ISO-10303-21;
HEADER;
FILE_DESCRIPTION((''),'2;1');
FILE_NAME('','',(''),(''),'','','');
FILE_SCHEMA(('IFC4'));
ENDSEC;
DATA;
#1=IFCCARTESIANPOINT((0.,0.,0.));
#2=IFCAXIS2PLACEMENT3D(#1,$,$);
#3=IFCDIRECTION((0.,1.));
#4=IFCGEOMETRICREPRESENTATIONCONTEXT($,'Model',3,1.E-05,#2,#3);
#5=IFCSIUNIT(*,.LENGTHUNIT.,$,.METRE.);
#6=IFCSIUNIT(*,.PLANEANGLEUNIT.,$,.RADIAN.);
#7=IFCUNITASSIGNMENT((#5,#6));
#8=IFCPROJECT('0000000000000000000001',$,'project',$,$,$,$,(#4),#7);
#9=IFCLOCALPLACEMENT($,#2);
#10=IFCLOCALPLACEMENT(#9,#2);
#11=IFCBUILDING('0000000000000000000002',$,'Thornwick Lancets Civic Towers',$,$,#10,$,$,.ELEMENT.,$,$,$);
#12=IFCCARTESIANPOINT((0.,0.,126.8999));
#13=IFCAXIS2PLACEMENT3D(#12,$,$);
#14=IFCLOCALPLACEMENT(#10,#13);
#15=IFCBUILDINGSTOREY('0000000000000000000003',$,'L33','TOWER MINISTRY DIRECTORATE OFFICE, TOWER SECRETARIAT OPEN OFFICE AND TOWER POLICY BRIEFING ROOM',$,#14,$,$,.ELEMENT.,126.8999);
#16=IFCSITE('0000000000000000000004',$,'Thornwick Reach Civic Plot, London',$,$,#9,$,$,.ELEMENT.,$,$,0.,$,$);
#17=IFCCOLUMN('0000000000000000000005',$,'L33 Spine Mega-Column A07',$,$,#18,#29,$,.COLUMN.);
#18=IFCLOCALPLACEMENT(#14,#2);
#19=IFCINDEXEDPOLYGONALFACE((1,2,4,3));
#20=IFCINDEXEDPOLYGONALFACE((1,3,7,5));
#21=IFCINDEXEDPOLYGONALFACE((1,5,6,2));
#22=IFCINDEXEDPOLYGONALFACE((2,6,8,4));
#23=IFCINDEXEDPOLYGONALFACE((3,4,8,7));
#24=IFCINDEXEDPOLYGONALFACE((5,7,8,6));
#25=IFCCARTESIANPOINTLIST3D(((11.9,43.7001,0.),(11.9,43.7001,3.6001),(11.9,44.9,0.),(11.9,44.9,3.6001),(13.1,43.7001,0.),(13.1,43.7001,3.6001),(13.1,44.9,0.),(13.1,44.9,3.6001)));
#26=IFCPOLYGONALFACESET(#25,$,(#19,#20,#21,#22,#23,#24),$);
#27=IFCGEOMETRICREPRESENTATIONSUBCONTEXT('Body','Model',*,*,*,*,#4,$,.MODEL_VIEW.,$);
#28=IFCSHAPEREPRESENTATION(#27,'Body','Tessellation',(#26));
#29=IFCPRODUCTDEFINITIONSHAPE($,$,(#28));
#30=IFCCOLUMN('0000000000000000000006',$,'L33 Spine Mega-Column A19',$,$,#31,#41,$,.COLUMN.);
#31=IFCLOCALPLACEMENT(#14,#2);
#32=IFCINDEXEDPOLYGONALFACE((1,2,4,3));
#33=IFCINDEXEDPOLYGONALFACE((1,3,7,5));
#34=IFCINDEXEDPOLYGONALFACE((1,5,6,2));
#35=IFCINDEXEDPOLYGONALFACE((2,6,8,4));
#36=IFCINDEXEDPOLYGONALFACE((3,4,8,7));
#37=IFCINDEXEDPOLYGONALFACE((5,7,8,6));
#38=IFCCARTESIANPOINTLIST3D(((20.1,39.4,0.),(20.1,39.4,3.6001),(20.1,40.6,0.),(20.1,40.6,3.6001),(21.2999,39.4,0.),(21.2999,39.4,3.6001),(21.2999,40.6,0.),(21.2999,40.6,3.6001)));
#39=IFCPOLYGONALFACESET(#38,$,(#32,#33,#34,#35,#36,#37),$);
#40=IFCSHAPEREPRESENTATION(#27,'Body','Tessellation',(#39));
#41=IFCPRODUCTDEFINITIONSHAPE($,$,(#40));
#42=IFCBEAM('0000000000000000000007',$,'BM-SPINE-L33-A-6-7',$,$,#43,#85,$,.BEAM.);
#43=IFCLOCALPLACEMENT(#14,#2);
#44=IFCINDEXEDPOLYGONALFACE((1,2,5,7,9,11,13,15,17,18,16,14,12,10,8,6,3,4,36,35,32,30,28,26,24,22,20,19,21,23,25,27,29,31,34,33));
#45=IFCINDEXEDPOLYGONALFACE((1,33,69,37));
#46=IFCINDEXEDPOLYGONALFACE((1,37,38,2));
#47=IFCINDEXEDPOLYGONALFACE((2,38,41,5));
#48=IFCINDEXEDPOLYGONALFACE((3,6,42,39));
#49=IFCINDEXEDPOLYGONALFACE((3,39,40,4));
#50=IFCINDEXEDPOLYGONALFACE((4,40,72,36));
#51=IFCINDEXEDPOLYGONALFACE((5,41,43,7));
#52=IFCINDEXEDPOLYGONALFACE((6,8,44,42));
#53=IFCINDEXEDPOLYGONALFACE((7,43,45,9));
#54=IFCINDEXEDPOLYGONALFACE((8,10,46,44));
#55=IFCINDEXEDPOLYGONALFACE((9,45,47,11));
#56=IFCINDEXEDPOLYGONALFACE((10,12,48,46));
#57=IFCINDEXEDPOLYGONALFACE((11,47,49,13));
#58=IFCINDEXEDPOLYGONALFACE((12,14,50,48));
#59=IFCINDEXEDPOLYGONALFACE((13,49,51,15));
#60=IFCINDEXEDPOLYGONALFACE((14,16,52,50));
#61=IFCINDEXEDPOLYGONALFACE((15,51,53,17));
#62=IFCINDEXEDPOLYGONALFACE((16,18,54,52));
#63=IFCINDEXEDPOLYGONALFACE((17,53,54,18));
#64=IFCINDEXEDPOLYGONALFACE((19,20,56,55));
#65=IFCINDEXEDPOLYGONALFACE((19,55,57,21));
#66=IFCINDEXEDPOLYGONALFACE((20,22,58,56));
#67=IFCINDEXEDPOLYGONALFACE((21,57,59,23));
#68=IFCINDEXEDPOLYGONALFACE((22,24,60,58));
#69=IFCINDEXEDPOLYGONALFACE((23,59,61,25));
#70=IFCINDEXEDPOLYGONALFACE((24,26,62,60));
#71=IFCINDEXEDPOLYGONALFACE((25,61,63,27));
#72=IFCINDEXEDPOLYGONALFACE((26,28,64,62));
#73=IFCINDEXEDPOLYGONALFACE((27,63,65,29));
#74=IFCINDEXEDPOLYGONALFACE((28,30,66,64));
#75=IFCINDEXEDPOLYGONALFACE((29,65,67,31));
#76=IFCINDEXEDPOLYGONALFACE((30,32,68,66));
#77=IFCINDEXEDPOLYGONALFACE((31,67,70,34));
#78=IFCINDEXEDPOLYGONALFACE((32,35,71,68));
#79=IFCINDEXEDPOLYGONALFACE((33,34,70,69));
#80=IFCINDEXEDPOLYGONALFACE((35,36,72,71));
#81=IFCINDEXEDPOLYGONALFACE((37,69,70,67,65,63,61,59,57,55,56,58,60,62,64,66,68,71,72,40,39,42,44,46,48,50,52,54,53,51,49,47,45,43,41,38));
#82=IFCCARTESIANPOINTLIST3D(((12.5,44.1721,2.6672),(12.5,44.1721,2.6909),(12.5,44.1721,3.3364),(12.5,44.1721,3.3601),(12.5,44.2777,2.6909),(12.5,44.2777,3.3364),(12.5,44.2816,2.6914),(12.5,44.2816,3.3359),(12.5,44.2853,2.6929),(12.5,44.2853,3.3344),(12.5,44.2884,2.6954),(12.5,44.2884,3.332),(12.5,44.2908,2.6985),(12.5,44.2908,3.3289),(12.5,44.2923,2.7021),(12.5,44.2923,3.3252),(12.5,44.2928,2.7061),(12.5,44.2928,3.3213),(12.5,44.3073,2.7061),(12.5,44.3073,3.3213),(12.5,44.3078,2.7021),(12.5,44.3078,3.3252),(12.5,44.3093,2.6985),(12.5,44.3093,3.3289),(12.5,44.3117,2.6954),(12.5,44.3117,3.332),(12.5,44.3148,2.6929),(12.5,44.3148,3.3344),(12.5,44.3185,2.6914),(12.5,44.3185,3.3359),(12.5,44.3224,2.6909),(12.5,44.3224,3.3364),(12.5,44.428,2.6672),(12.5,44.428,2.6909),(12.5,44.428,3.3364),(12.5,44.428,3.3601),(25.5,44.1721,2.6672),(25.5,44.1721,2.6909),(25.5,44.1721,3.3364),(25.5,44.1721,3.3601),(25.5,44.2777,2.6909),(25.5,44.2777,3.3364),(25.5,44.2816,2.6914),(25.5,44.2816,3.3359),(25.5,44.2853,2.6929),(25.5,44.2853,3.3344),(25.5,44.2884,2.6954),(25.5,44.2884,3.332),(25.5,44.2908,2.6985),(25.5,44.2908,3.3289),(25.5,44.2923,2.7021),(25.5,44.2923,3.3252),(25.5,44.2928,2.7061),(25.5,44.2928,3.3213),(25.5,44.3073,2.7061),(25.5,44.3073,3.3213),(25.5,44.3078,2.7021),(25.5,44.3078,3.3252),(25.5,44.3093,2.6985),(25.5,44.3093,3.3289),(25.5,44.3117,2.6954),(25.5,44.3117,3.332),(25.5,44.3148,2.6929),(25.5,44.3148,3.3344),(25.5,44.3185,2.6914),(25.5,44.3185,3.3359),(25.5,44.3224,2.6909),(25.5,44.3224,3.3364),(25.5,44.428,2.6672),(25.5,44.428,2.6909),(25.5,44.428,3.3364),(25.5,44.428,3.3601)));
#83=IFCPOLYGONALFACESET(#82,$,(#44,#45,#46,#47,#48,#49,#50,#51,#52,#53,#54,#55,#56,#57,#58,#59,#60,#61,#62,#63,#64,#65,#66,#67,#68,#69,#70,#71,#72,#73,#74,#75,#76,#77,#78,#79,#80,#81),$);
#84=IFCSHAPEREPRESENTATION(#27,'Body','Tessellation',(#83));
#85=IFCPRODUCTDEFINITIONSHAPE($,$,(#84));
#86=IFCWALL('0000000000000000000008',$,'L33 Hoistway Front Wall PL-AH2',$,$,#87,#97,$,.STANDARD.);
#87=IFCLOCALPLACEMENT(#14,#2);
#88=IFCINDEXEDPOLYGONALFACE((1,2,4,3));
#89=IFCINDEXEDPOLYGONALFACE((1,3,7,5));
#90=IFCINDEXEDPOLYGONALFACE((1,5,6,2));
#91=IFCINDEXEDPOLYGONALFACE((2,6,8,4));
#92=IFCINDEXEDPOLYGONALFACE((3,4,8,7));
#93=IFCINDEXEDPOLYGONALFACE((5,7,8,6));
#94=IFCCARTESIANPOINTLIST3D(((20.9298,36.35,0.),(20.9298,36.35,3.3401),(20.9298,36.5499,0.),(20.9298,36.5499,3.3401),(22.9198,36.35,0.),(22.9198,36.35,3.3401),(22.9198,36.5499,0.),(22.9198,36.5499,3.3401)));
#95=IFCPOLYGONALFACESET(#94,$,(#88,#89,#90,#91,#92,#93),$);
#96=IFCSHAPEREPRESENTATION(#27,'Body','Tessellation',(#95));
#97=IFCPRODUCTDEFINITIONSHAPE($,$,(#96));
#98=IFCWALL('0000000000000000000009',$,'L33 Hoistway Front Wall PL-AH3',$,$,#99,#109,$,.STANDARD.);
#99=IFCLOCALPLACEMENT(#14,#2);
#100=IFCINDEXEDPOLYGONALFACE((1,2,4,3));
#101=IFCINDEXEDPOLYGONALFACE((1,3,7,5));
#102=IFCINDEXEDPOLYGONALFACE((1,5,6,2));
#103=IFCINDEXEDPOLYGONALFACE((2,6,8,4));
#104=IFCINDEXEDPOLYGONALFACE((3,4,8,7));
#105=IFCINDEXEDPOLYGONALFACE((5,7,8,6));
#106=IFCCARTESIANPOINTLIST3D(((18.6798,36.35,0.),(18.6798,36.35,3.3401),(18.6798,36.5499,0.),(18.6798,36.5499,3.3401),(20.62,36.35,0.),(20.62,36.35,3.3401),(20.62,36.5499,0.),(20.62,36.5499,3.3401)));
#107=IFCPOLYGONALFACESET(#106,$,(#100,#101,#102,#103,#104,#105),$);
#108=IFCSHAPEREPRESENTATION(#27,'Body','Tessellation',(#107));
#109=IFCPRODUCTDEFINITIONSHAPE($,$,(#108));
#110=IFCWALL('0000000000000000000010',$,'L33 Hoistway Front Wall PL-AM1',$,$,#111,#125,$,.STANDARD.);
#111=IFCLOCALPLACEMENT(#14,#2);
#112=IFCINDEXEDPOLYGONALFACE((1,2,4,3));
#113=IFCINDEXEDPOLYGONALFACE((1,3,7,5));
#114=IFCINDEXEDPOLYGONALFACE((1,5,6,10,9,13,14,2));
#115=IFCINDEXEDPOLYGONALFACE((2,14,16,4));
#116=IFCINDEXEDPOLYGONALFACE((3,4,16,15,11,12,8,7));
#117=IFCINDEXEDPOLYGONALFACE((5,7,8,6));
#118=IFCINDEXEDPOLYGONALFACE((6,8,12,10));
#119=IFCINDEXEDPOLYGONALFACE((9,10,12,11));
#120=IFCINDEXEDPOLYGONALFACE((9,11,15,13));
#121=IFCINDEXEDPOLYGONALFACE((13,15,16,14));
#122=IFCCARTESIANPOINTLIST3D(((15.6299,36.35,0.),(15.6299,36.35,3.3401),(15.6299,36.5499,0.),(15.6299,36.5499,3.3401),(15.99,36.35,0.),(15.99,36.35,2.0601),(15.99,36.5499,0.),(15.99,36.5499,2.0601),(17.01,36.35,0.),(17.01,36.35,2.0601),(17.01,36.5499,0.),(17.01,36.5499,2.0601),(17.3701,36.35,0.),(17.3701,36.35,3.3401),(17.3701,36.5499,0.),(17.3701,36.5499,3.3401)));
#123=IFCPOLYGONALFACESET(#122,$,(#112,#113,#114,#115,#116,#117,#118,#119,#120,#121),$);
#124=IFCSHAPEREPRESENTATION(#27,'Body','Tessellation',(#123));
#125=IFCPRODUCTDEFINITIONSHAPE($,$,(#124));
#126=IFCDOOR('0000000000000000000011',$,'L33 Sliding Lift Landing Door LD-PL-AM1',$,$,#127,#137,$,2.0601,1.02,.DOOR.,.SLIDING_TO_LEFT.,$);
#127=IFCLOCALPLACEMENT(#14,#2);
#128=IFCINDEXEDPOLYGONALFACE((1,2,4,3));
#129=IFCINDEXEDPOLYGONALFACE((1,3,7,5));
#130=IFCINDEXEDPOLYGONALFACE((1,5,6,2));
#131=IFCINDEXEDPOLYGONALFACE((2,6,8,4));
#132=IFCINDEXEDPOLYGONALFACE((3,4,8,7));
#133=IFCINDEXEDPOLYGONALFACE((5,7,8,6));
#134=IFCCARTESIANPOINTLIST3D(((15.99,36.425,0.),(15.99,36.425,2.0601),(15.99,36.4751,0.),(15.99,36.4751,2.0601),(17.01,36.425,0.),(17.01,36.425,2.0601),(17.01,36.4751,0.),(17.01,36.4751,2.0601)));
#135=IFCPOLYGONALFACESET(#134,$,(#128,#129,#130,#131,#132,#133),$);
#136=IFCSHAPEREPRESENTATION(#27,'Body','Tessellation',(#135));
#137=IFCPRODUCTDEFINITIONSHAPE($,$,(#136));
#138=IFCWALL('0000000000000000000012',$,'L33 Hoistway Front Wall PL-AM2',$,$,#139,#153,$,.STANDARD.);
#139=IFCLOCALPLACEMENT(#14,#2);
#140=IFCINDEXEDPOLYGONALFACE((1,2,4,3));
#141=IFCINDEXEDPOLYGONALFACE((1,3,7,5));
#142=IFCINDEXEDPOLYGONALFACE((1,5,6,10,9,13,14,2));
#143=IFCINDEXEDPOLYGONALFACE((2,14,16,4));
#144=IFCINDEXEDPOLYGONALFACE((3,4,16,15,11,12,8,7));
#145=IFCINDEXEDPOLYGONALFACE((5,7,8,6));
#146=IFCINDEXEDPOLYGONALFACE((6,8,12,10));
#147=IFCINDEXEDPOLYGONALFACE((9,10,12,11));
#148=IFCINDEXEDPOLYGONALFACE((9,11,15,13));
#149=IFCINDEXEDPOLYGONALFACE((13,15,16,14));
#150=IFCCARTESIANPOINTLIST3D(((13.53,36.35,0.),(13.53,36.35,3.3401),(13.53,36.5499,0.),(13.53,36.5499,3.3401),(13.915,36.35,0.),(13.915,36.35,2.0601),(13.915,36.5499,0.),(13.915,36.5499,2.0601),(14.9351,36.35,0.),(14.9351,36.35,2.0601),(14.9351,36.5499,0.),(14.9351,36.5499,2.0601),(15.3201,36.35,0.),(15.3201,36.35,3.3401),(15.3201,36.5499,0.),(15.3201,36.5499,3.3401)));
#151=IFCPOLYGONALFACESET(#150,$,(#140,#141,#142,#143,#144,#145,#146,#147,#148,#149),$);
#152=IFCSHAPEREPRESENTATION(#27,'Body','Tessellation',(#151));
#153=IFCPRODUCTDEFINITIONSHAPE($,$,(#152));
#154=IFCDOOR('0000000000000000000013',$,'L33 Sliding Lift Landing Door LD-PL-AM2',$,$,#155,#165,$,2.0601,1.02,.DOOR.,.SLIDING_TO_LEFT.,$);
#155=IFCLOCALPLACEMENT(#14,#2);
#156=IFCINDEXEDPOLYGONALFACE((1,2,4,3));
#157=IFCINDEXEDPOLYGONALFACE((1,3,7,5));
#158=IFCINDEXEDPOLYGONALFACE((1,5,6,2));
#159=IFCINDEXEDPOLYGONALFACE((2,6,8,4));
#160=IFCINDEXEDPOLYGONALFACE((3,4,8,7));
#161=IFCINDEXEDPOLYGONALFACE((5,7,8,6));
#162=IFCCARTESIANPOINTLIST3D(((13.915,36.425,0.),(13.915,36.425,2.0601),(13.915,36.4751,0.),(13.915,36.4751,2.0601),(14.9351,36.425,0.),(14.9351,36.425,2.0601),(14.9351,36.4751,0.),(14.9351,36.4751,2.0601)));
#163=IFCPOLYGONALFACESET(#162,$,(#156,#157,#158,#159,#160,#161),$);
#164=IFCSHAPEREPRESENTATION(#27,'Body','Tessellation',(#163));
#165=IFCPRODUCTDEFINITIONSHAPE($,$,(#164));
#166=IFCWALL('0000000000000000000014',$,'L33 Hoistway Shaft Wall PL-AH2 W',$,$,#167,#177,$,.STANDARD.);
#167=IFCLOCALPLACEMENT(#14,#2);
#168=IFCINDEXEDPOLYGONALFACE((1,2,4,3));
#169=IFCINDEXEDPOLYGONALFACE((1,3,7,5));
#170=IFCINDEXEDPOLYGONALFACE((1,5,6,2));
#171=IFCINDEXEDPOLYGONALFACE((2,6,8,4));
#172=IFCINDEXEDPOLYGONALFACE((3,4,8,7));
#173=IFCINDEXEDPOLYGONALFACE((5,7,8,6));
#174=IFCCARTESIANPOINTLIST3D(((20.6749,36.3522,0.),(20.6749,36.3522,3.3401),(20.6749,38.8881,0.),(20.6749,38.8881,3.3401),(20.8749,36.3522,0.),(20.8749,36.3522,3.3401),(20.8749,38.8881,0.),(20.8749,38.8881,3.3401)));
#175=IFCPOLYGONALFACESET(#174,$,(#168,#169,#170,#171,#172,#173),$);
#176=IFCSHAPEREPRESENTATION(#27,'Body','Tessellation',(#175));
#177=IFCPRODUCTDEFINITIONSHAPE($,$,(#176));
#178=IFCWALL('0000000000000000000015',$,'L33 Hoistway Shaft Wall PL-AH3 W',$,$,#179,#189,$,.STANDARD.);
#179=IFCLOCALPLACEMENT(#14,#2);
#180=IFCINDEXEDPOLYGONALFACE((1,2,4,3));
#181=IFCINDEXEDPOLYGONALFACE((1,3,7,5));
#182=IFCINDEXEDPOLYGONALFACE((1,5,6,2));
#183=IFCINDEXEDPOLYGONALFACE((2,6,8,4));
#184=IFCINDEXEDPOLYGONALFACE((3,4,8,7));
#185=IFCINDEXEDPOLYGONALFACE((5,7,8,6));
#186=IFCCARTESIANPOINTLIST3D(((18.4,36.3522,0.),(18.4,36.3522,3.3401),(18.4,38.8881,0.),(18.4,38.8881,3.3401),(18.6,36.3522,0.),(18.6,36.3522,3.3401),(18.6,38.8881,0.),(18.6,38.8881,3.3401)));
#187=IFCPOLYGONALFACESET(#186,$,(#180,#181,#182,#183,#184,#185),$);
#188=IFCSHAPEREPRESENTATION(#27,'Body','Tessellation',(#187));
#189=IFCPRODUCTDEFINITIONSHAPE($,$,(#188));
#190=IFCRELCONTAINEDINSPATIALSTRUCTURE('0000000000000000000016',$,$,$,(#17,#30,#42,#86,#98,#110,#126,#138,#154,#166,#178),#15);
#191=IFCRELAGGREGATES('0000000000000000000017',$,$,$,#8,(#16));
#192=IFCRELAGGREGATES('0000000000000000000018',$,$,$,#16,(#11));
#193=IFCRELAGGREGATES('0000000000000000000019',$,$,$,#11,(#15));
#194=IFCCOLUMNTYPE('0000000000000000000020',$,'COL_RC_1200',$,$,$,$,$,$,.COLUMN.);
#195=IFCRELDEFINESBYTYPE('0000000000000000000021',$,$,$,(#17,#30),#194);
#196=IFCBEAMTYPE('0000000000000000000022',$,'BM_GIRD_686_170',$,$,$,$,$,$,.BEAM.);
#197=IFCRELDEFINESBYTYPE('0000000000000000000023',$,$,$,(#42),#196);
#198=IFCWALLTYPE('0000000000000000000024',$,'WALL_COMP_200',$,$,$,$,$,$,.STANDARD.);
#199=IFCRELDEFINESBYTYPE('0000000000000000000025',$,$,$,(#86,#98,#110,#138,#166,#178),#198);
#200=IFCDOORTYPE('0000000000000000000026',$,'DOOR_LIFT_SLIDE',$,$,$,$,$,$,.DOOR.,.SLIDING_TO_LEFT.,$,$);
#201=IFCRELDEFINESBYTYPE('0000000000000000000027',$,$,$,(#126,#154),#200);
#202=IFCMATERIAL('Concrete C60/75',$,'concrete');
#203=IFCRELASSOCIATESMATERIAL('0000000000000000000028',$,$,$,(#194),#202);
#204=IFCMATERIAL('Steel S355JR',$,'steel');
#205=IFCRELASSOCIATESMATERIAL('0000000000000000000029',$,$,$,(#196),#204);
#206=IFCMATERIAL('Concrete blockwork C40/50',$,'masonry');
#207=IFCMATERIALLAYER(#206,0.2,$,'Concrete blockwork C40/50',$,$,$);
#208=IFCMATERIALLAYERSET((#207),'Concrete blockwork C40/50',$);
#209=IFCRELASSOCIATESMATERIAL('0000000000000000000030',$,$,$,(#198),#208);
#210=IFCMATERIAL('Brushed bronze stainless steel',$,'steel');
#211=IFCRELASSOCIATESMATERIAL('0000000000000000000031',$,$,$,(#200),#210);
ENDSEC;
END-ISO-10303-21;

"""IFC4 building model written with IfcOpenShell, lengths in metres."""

from ifc_helpers import new_model, si_unit, direction, frame, frame_2d, origin, origin_2d, place, context, subcontext, project, spatial, rectangle, i_section, extrude, material, layer, layer_set, material_profile, profile_set, type_object, element, fill, save


model = new_model("IFC4")

# Units and contexts
model_context = context("Model", 3, precision=1e-05, world=origin(), true_north=direction((0.0, 1.0)))
body_context = subcontext(model_context, "Body", "Model", "MODEL_VIEW")
ifc_project = project(units=[si_unit("LENGTHUNIT", "METRE"), si_unit("PLANEANGLEUNIT", "RADIAN")], contexts=[model_context])

# Site, building, storey
site_placement = place(None, origin())
site = spatial("IfcSite", under=ifc_project, at=site_placement, Name="Thornwick Reach Civic Plot, London", CompositionType="ELEMENT", RefElevation=0.0)
building_placement = place(site_placement, origin())
building = spatial("IfcBuilding", under=site, at=building_placement, Name="Thornwick Lancets Civic Towers", CompositionType="ELEMENT")
storey_placement = place(building_placement, frame((0.0, 0.0, 126.8999)))
storey = spatial("IfcBuildingStorey", under=building, at=storey_placement, Name="L33", Description="TOWER MINISTRY DIRECTORATE OFFICE, TOWER SECRETARIAT OPEN OFFICE AND TOWER POLICY BRIEFING ROOM", CompositionType="ELEMENT", Elevation=126.8999)

# Columns
ifc_material_1 = material(Name="Concrete C60/75", Category="concrete")
ifc_material_profile_1 = material_profile(ifc_material_1, rectangle(XDim=1.2, YDim=1.2, at=origin_2d()), Name="RC 1200x1200")
ifc_profile_set_1 = profile_set([ifc_material_profile_1], Name="Concrete C60/75")
column_type = type_object("IfcColumnType", Name="COL_RC_1200", PredefinedType="COLUMN", material=ifc_profile_set_1)
for number, where, z_axis, x_axis, name in (
    (1, (12.5, 44.3, 0.0), (0.0, 0.0, 1.0), (1.0, 0.0, 0.0), "L33 Spine Mega-Column A07"),
    (2, (20.7, 40.0, 0.0), (0.0, 0.0, 1.0), (1.0, 0.0, 0.0), "L33 Spine Mega-Column A19"),
):
    element("IfcColumn", number, at=place(storey_placement, frame(where, z_axis=z_axis, x_axis=x_axis)), inside=storey, type_object=column_type, Name=name, PredefinedType="COLUMN", context=body_context, shape_type="SweptSolid", body=[
        extrude(rectangle(XDim=1.2, YDim=1.2, at=origin_2d()), origin(), (0.0, 0.0, 1.0), 3.6001),
    ])

# Beam
ifc_material_2 = material(Name="Steel S355JR", Category="steel")
ifc_material_profile_2 = material_profile(ifc_material_2, i_section(OverallWidth=0.2559, OverallDepth=0.6929, WebThickness=0.0144, FlangeThickness=0.0237, FilletRadius=0.0151, at=origin_2d()), Name="UKB 686x254x170")
ifc_profile_set_2 = profile_set([ifc_material_profile_2], Name="Steel S355JR")
beam_type = type_object("IfcBeamType", Name="BM_GIRD_686_170", PredefinedType="BEAM", material=ifc_profile_set_2)
beam_placement = place(storey_placement, frame((12.5, 44.3, 3.0137), z_axis=(1.0, 0.0, 0.0), x_axis=(0.0, 1.0, 0.0)))
element("IfcBeam", 3, at=beam_placement, inside=storey, type_object=beam_type, Name="BM-SPINE-L33-A-6-7", PredefinedType="BEAM", context=body_context, shape_type="SweptSolid", body=[
    extrude(i_section(OverallWidth=0.2559, OverallDepth=0.6929, WebThickness=0.0144, FlangeThickness=0.0237, FilletRadius=0.0151, at=origin_2d()), origin(), (0.0, 0.0, 1.0), 13.0),
])

# Walls
ifc_material_3 = material(Name="Concrete blockwork C40/50", Category="masonry")
ifc_layer_1 = layer(ifc_material_3, 0.2, Name="Concrete blockwork C40/50")
ifc_layer_set_1 = layer_set([ifc_layer_1], Name="Concrete blockwork C40/50")
wall_type_1 = type_object("IfcWallType", Name="WALL_COMP_200", PredefinedType="STANDARD", material=ifc_layer_set_1)
wall_1_placement = place(storey_placement, frame((22.9199, 36.45, 0.0), z_axis=(0.0, 0.0, 1.0), x_axis=(-1.0, 0.0, 0.0)))
element("IfcWall", 4, at=wall_1_placement, inside=storey, type_object=wall_type_1, Name="L33 Hoistway Front Wall PL-AH2", PredefinedType="STANDARD", context=body_context, shape_type="SweptSolid", body=[
    extrude(rectangle(XDim=1.99, YDim=0.2, at=frame_2d((0.9951, 0.0))), origin(), (0.0, 0.0, 1.0), 3.3401),
])
wall_2_placement = place(storey_placement, frame((20.6201, 36.45, 0.0), z_axis=(0.0, 0.0, 1.0), x_axis=(-1.0, 0.0, 0.0)))
element("IfcWall", 5, at=wall_2_placement, inside=storey, type_object=wall_type_1, Name="L33 Hoistway Front Wall PL-AH3", PredefinedType="STANDARD", context=body_context, shape_type="SweptSolid", body=[
    extrude(rectangle(XDim=1.9402, YDim=0.2, at=frame_2d((0.9702, 0.0))), origin(), (0.0, 0.0, 1.0), 3.3401),
])

# Walls, openings, doors
wall_3_placement = place(storey_placement, frame((17.3701, 36.45, 0.0), z_axis=(0.0, 0.0, 1.0), x_axis=(-1.0, 0.0, 0.0)))
wall_3 = element("IfcWall", 6, at=wall_3_placement, inside=storey, type_object=wall_type_1, Name="L33 Hoistway Front Wall PL-AM1", PredefinedType="STANDARD", context=body_context, shape_type="SweptSolid", body=[
    extrude(rectangle(XDim=1.7402, YDim=0.2, at=frame_2d((0.8701, 0.0))), origin(), (0.0, 0.0, 1.0), 3.3401),
])
opening_1_placement = place(wall_3_placement, frame((0.3601, 0.0, 0.0)))
opening_1 = element("IfcOpeningElement", 7, at=opening_1_placement, cuts=wall_3, PredefinedType="OPENING", context=body_context, shape_type="SweptSolid", body=[
    extrude(rectangle(XDim=1.02, YDim=2.0601, at=frame_2d((0.51, 1.03))), frame((0.0, 0.1099, 0.0), z_axis=(0.0, -1.0, 0.0), x_axis=(1.0, 0.0, 0.0)), (0.0, 0.0, 1.0), 0.22),
])
ifc_material_4 = material(Name="Brushed bronze stainless steel", Category="steel")
door_type = type_object("IfcDoorType", Name="DOOR_LIFT_SLIDE", OperationType="SLIDING_TO_LEFT", PredefinedType="DOOR", material=ifc_material_4)
door_1_placement = place(opening_1_placement, origin())
door_1 = element("IfcDoor", 8, at=door_1_placement, inside=storey, type_object=door_type, Name="L33 Sliding Lift Landing Door LD-PL-AM1", OperationType="SLIDING_TO_LEFT", OverallHeight=2.0601, OverallWidth=1.02, PredefinedType="DOOR", context=body_context, shape_type="SweptSolid", body=[
    extrude(rectangle(XDim=1.02, YDim=2.0601, at=frame_2d((0.51, 1.03))), frame((0.0, 0.0249, 0.0), z_axis=(0.0, -1.0, 0.0), x_axis=(1.0, 0.0, 0.0)), (0.0, 0.0, 1.0), 0.05),
])
fill(opening_1, door_1)
wall_4_placement = place(storey_placement, frame((15.3201, 36.45, 0.0), z_axis=(0.0, 0.0, 1.0), x_axis=(-1.0, 0.0, 0.0)))
wall_4 = element("IfcWall", 9, at=wall_4_placement, inside=storey, type_object=wall_type_1, Name="L33 Hoistway Front Wall PL-AM2", PredefinedType="STANDARD", context=body_context, shape_type="SweptSolid", body=[
    extrude(rectangle(XDim=1.79, YDim=0.2, at=frame_2d((0.895, 0.0))), origin(), (0.0, 0.0, 1.0), 3.3401),
])
opening_2_placement = place(wall_4_placement, frame((0.385, 0.0, 0.0)))
opening_2 = element("IfcOpeningElement", 10, at=opening_2_placement, cuts=wall_4, PredefinedType="OPENING", context=body_context, shape_type="SweptSolid", body=[
    extrude(rectangle(XDim=1.02, YDim=2.0601, at=frame_2d((0.51, 1.03))), frame((0.0, 0.1099, 0.0), z_axis=(0.0, -1.0, 0.0), x_axis=(1.0, 0.0, 0.0)), (0.0, 0.0, 1.0), 0.22),
])
door_2_placement = place(opening_2_placement, origin())
door_2 = element("IfcDoor", 11, at=door_2_placement, inside=storey, type_object=door_type, Name="L33 Sliding Lift Landing Door LD-PL-AM2", OperationType="SLIDING_TO_LEFT", OverallHeight=2.0601, OverallWidth=1.02, PredefinedType="DOOR", context=body_context, shape_type="SweptSolid", body=[
    extrude(rectangle(XDim=1.02, YDim=2.0601, at=frame_2d((0.51, 1.03))), frame((0.0, 0.0249, 0.0), z_axis=(0.0, -1.0, 0.0), x_axis=(1.0, 0.0, 0.0)), (0.0, 0.0, 1.0), 0.05),
])
fill(opening_2, door_2)

# Walls
for number, where, z_axis, x_axis, name in (
    (12, (20.7749, 36.3521, 0.0), (0.0, 0.0, 1.0), (0.0, 1.0, 0.0), "L33 Hoistway Shaft Wall PL-AH2 W"),
    (13, (18.5, 36.3521, 0.0), (0.0, 0.0, 1.0), (0.0, 1.0, 0.0), "L33 Hoistway Shaft Wall PL-AH3 W"),
):
    element("IfcWall", number, at=place(storey_placement, frame(where, z_axis=z_axis, x_axis=x_axis)), inside=storey, type_object=wall_type_1, Name=name, PredefinedType="STANDARD", context=body_context, shape_type="SweptSolid", body=[
        extrude(rectangle(XDim=2.5359, YDim=0.2, at=frame_2d((1.2681, 0.0))), origin(), (0.0, 0.0, 1.0), 3.3401),
    ])

save(model, "model.ifc")
